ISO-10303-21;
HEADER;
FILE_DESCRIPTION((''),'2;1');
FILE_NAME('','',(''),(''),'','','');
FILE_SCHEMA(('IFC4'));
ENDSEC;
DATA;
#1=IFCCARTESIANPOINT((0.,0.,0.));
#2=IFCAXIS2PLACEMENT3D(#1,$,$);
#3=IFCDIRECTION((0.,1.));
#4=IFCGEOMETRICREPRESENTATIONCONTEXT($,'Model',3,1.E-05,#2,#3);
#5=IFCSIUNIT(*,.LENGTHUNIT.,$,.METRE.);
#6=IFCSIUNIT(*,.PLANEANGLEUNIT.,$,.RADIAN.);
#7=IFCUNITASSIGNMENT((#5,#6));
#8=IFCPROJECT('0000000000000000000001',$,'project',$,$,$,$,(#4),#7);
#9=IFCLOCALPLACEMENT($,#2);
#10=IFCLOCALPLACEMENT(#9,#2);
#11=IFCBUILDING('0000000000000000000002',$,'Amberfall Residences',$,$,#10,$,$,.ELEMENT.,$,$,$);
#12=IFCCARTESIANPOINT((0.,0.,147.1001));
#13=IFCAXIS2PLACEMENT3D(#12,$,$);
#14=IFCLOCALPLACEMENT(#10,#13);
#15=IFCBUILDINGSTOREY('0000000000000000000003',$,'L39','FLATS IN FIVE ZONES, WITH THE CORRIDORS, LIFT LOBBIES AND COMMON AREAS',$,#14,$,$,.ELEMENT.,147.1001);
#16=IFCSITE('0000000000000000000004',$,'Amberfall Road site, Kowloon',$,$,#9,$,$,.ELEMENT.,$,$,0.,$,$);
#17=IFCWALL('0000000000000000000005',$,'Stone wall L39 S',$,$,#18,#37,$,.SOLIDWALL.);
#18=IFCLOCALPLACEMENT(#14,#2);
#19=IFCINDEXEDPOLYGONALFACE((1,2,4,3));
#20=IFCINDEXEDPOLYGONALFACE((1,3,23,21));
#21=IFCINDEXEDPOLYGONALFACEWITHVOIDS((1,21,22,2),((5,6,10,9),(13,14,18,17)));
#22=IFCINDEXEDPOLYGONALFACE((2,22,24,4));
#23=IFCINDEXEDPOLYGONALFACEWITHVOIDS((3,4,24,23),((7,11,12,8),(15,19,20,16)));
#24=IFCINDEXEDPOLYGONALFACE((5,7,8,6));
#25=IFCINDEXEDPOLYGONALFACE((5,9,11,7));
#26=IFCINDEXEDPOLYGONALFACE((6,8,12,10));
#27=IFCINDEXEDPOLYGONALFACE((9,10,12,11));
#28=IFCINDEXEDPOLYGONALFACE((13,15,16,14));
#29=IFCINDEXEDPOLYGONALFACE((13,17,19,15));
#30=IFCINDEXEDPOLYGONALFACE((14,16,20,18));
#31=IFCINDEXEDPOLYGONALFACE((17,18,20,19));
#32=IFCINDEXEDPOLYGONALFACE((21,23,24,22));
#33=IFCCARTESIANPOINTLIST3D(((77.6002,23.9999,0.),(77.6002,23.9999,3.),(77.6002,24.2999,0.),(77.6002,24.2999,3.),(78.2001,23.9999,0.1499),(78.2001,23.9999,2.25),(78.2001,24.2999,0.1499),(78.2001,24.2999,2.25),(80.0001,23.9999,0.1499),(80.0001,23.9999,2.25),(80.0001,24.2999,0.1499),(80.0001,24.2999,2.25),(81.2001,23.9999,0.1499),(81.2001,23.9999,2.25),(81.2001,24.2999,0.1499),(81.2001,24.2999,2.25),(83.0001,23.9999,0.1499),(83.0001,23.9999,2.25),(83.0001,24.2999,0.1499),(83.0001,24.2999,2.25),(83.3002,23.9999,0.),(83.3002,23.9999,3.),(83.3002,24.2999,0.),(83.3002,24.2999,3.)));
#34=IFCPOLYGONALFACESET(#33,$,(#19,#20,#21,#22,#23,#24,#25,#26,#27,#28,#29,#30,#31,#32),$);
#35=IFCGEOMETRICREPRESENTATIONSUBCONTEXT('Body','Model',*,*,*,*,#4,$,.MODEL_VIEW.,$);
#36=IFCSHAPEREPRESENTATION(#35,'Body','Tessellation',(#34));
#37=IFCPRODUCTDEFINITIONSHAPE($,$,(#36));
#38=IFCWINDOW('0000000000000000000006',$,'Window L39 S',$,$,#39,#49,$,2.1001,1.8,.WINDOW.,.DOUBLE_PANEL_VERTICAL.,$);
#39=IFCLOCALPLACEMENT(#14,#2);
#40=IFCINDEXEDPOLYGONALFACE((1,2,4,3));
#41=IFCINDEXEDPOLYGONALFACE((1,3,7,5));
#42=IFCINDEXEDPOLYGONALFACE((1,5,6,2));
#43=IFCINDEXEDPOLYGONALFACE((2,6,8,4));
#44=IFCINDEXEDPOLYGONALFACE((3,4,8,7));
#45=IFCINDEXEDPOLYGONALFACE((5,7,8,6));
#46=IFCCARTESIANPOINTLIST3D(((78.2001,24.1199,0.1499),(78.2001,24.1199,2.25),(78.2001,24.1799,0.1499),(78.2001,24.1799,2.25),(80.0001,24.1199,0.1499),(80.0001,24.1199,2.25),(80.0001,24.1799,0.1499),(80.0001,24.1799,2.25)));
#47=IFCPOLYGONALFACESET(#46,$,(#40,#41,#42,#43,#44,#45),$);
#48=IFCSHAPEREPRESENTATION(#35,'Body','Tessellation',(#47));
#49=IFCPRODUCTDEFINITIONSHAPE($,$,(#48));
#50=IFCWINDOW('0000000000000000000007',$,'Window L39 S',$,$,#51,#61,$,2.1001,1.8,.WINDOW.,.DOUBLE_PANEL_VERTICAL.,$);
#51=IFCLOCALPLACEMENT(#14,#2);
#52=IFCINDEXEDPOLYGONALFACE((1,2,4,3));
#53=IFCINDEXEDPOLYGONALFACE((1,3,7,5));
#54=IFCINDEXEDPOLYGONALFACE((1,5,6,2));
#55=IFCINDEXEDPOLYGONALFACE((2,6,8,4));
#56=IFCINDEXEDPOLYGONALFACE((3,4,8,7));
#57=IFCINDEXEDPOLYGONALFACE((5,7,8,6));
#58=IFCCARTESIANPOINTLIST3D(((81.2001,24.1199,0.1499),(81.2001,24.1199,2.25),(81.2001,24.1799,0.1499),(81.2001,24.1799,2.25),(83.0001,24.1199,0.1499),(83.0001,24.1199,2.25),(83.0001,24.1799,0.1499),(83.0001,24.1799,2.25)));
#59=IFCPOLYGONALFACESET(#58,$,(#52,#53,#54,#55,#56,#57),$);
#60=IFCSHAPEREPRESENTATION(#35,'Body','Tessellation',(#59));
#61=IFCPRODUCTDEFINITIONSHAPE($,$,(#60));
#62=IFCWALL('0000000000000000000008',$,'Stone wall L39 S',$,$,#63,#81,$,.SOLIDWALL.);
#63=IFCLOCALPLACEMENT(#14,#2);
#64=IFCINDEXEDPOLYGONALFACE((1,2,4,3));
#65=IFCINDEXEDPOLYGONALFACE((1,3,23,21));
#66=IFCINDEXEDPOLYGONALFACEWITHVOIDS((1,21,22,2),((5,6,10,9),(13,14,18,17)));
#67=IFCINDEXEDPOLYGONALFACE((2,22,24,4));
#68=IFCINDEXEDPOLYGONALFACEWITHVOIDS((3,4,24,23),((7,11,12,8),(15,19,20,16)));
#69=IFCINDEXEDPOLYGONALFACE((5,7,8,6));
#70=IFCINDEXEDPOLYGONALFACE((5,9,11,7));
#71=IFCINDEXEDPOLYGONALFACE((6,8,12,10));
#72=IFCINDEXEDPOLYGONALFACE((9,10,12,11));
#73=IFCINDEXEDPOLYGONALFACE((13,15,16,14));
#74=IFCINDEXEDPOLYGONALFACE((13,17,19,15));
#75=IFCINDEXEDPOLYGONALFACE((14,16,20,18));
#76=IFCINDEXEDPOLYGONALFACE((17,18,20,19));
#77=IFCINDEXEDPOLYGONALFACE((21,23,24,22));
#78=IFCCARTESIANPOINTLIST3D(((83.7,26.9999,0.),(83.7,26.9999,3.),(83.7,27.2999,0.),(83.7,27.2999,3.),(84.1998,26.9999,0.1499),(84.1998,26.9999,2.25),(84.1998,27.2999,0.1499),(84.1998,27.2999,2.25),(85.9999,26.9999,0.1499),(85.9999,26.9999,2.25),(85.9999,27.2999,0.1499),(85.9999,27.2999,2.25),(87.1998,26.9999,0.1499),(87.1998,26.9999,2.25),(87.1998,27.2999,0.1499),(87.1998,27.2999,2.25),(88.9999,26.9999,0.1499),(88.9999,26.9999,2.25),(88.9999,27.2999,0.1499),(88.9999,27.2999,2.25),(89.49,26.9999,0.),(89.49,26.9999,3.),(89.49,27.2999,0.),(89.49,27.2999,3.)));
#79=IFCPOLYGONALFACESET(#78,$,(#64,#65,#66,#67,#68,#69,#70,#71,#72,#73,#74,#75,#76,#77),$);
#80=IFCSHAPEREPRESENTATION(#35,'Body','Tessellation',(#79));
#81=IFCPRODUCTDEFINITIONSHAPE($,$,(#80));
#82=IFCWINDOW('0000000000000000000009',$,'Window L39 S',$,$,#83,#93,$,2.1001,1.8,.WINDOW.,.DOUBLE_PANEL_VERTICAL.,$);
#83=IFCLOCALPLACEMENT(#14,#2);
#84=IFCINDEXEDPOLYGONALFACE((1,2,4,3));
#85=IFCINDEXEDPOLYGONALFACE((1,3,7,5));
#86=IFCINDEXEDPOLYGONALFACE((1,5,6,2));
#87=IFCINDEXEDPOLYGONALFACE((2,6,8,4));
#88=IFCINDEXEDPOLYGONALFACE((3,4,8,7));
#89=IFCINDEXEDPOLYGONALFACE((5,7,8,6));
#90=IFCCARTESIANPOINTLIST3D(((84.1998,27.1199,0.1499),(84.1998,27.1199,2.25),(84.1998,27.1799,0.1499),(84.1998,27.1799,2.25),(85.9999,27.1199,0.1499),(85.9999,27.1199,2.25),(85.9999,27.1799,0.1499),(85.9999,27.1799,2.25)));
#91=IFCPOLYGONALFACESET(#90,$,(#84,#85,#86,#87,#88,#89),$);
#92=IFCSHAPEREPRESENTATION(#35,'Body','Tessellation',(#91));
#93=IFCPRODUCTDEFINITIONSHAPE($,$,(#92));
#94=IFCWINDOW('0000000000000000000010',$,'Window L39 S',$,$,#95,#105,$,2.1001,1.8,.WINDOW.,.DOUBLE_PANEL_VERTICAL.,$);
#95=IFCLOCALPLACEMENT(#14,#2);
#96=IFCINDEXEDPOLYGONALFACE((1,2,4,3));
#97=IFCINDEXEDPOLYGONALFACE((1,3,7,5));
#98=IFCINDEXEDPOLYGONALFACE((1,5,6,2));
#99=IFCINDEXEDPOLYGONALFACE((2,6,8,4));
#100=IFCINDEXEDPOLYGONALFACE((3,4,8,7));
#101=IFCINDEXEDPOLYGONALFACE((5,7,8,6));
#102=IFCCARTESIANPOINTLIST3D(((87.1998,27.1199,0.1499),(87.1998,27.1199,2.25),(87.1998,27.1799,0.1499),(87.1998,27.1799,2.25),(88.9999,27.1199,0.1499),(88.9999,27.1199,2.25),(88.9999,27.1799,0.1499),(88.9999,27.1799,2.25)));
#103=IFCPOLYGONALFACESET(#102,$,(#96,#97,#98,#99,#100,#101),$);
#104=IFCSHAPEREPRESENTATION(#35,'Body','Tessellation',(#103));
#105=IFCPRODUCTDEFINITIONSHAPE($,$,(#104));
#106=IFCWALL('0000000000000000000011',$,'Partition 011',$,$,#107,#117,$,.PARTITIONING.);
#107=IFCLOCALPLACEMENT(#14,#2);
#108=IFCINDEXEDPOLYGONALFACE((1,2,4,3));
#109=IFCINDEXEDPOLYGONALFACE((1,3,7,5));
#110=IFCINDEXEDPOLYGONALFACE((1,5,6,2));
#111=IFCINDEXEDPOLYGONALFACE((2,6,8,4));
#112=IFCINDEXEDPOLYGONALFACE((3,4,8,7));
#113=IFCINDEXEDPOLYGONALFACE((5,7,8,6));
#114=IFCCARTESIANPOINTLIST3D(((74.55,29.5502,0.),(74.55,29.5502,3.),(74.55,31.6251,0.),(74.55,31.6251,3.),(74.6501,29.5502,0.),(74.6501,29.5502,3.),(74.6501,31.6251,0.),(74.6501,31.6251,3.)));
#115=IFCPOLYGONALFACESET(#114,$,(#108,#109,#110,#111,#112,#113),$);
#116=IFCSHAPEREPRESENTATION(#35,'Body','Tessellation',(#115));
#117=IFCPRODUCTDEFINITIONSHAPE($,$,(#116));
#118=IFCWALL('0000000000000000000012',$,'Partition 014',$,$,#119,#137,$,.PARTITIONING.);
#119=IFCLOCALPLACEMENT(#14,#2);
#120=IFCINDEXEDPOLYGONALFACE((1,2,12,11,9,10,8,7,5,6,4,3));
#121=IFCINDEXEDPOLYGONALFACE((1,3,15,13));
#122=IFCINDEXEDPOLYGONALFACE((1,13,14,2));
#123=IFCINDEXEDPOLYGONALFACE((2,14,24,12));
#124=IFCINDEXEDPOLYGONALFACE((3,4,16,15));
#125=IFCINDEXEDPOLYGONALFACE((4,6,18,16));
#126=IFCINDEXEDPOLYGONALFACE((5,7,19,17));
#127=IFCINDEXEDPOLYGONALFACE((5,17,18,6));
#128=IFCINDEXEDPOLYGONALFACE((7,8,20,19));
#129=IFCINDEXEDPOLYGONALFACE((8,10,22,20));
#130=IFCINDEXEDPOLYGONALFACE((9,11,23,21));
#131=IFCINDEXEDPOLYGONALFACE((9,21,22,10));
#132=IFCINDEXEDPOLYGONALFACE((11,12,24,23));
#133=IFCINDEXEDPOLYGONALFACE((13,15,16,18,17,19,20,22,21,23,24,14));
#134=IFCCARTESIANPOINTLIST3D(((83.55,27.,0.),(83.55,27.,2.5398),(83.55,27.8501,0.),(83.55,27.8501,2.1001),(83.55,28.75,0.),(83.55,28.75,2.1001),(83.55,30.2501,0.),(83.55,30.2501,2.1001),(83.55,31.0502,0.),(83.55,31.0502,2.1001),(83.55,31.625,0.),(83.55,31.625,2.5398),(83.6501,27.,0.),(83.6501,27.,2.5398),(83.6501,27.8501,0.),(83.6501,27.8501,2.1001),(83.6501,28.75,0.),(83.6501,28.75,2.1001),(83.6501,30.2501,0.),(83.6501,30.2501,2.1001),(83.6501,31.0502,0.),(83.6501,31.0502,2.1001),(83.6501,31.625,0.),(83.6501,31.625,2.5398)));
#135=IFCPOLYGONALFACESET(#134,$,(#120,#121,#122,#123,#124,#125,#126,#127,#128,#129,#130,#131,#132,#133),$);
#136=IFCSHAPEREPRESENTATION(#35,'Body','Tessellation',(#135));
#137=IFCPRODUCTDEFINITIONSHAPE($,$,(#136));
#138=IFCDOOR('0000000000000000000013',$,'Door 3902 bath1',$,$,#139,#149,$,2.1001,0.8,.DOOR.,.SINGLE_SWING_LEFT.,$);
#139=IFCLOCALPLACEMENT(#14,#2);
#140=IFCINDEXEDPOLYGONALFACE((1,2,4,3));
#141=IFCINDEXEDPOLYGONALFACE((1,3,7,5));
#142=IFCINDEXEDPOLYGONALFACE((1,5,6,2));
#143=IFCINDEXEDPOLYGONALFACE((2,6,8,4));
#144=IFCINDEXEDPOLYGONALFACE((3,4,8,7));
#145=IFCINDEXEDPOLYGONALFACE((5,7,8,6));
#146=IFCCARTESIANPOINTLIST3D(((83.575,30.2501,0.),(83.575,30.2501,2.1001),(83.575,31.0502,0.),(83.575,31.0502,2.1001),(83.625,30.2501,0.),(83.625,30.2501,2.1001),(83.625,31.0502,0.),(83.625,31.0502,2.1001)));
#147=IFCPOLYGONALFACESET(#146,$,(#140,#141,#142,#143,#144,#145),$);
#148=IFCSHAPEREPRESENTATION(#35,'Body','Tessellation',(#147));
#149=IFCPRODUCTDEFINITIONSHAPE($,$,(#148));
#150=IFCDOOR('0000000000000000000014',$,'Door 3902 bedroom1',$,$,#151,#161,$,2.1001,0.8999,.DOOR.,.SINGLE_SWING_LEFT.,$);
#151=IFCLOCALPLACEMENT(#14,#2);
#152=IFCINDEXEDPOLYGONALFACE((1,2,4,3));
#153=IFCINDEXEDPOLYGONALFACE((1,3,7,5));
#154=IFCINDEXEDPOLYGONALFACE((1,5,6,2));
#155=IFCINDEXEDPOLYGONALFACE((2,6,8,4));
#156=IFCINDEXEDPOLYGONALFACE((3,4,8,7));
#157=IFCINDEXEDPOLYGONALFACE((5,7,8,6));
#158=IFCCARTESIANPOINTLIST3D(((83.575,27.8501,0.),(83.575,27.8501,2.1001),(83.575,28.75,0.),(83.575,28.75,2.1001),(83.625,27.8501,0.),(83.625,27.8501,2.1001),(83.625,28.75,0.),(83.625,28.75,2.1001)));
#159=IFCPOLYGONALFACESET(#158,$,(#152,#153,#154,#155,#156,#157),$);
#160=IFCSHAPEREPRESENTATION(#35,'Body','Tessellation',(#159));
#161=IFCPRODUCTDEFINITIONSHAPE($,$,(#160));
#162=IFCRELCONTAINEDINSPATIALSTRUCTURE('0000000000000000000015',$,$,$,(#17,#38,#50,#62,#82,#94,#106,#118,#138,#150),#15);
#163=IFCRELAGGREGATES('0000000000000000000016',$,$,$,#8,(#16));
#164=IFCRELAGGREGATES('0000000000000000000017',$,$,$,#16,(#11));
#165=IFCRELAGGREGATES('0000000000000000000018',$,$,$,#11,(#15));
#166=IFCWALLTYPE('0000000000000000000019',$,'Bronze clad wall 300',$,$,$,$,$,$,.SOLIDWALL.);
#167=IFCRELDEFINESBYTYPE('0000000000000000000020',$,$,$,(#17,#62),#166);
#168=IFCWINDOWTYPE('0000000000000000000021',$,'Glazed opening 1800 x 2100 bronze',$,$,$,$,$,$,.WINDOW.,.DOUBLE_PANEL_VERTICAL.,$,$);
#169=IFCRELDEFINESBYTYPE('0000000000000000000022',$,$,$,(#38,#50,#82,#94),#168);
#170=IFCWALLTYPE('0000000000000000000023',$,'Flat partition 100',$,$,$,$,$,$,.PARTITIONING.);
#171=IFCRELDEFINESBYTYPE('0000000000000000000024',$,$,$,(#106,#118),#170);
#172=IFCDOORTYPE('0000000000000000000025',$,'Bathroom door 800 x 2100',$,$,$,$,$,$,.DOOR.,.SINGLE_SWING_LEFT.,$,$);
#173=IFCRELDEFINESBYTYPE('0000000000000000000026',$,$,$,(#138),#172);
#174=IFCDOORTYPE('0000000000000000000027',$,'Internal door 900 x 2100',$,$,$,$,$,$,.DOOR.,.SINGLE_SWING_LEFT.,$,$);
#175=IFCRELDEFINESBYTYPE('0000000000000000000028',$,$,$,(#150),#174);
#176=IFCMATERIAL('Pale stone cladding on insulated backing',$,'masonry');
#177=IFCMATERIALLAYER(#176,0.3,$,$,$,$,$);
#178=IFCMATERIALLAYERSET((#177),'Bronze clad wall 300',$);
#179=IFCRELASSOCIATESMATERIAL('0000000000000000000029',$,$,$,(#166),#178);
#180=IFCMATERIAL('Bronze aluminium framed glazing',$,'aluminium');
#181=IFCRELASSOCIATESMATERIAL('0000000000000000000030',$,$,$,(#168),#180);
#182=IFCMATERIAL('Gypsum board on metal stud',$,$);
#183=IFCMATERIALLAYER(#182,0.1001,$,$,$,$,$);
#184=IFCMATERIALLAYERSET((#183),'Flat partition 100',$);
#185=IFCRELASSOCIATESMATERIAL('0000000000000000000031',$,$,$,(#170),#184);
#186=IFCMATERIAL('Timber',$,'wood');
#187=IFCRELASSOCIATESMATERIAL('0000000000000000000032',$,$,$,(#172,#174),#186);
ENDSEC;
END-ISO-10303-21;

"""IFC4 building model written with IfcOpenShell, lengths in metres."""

from ifc_helpers import new_model, si_unit, direction, frame, frame_2d, origin, place, context, subcontext, project, spatial, rectangle, extrude, material, layer, layer_set, type_object, element, fill, save


model = new_model("IFC4")

# Units and contexts
model_context = context("Model", 3, precision=1e-05, world=origin(), true_north=direction((0.0, 1.0)))
body_context = subcontext(model_context, "Body", "Model", "MODEL_VIEW")
ifc_project = project(units=[si_unit("LENGTHUNIT", "METRE"), si_unit("PLANEANGLEUNIT", "RADIAN")], contexts=[model_context])

# Site, building, storey
site_placement = place(None, origin())
site = spatial("IfcSite", under=ifc_project, at=site_placement, Name="Amberfall Road site, Kowloon", CompositionType="ELEMENT", RefElevation=0.0)
building_placement = place(site_placement, origin())
building = spatial("IfcBuilding", under=site, at=building_placement, Name="Amberfall Residences", CompositionType="ELEMENT")
storey_placement = place(building_placement, frame((0.0, 0.0, 147.1001)))
storey = spatial("IfcBuildingStorey", under=building, at=storey_placement, Name="L39", Description="FLATS IN FIVE ZONES, WITH THE CORRIDORS, LIFT LOBBIES AND COMMON AREAS", CompositionType="ELEMENT", Elevation=147.1001)

# Shared definitions
ifc_material_1 = material(Name="Pale stone cladding on insulated backing", Category="masonry")
ifc_layer_1 = layer(ifc_material_1, 0.3)
ifc_layer_set_1 = layer_set([ifc_layer_1], Name="Bronze clad wall 300")
wall_type_1 = type_object("IfcWallType", Name="Bronze clad wall 300", PredefinedType="SOLIDWALL", material=ifc_layer_set_1)

# Walls, openings, windows
ifc_material_2 = material(Name="Bronze aluminium framed glazing", Category="aluminium")
window_type = type_object("IfcWindowType", Name="Glazed opening 1800 x 2100 bronze", PartitioningType="DOUBLE_PANEL_VERTICAL", PredefinedType="WINDOW", material=ifc_material_2)
wall_1_placement = place(storey_placement, frame((77.6001, 24.1499, 0.0), z_axis=(0.0, 0.0, 1.0), x_axis=(1.0, 0.0, 0.0)))
wall_1 = element("IfcWall", 1, at=wall_1_placement, inside=storey, type_object=wall_type_1, Name="Stone wall L39 S", PredefinedType="SOLIDWALL", context=body_context, shape_type="SweptSolid", body=[
    extrude(rectangle(XDim=5.7, YDim=0.3, at=frame_2d((2.8501, 0.0))), origin(), (0.0, 0.0, 1.0), 3.0),
])
opening_1_placement = place(wall_1_placement, frame((0.6001, 0.0, 0.1499)))
opening_1 = element("IfcOpeningElement", 2, at=opening_1_placement, cuts=wall_1, PredefinedType="OPENING", context=body_context, shape_type="SweptSolid", body=[
    extrude(rectangle(XDim=1.8, YDim=2.1001, at=frame_2d((0.8999, 1.05))), frame((0.0, 0.1599, 0.0), z_axis=(0.0, -1.0, 0.0), x_axis=(1.0, 0.0, 0.0)), (0.0, 0.0, 1.0), 0.3201),
])
opening_2_placement = place(wall_1_placement, frame((3.6001, 0.0, 0.1499)))
opening_2 = element("IfcOpeningElement", 3, at=opening_2_placement, cuts=wall_1, PredefinedType="OPENING", context=body_context, shape_type="SweptSolid", body=[
    extrude(rectangle(XDim=1.8, YDim=2.1001, at=frame_2d((0.8999, 1.05))), frame((0.0, 0.1599, 0.0), z_axis=(0.0, -1.0, 0.0), x_axis=(1.0, 0.0, 0.0)), (0.0, 0.0, 1.0), 0.3201),
])
window_1_placement = place(opening_1_placement, origin())
window_1 = element("IfcWindow", 4, at=window_1_placement, inside=storey, type_object=window_type, Name="Window L39 S", OverallHeight=2.1001, OverallWidth=1.8, PartitioningType="DOUBLE_PANEL_VERTICAL", PredefinedType="WINDOW", context=body_context, shape_type="SweptSolid", body=[
    extrude(rectangle(XDim=1.8, YDim=2.1001, at=frame_2d((0.8999, 1.05))), frame((0.0, 0.03, 0.0), z_axis=(0.0, -1.0, 0.0), x_axis=(1.0, 0.0, 0.0)), (0.0, 0.0, 1.0), 0.0601),
])
fill(opening_1, window_1)
window_2_placement = place(opening_2_placement, origin())
window_2 = element("IfcWindow", 5, at=window_2_placement, inside=storey, type_object=window_type, Name="Window L39 S", OverallHeight=2.1001, OverallWidth=1.8, PartitioningType="DOUBLE_PANEL_VERTICAL", PredefinedType="WINDOW", context=body_context, shape_type="SweptSolid", body=[
    extrude(rectangle(XDim=1.8, YDim=2.1001, at=frame_2d((0.8999, 1.05))), frame((0.0, 0.03, 0.0), z_axis=(0.0, -1.0, 0.0), x_axis=(1.0, 0.0, 0.0)), (0.0, 0.0, 1.0), 0.0601),
])
fill(opening_2, window_2)
wall_2_placement = place(storey_placement, frame((83.7, 27.1499, 0.0), z_axis=(0.0, 0.0, 1.0), x_axis=(1.0, 0.0, 0.0)))
wall_2 = element("IfcWall", 6, at=wall_2_placement, inside=storey, type_object=wall_type_1, Name="Stone wall L39 S", PredefinedType="SOLIDWALL", context=body_context, shape_type="SweptSolid", body=[
    extrude(rectangle(XDim=5.79, YDim=0.3, at=frame_2d((2.895, 0.0))), origin(), (0.0, 0.0, 1.0), 3.0),
])
opening_3_placement = place(wall_2_placement, frame((0.5, 0.0, 0.1499)))
opening_3 = element("IfcOpeningElement", 7, at=opening_3_placement, cuts=wall_2, PredefinedType="OPENING", context=body_context, shape_type="SweptSolid", body=[
    extrude(rectangle(XDim=1.8, YDim=2.1001, at=frame_2d((0.8999, 1.05))), frame((0.0, 0.1599, 0.0), z_axis=(0.0, -1.0, 0.0), x_axis=(1.0, 0.0, 0.0)), (0.0, 0.0, 1.0), 0.3201),
])
opening_4_placement = place(wall_2_placement, frame((3.5, 0.0, 0.1499)))
opening_4 = element("IfcOpeningElement", 8, at=opening_4_placement, cuts=wall_2, PredefinedType="OPENING", context=body_context, shape_type="SweptSolid", body=[
    extrude(rectangle(XDim=1.8, YDim=2.1001, at=frame_2d((0.8999, 1.05))), frame((0.0, 0.1599, 0.0), z_axis=(0.0, -1.0, 0.0), x_axis=(1.0, 0.0, 0.0)), (0.0, 0.0, 1.0), 0.3201),
])
window_3_placement = place(opening_3_placement, origin())
window_3 = element("IfcWindow", 9, at=window_3_placement, inside=storey, type_object=window_type, Name="Window L39 S", OverallHeight=2.1001, OverallWidth=1.8, PartitioningType="DOUBLE_PANEL_VERTICAL", PredefinedType="WINDOW", context=body_context, shape_type="SweptSolid", body=[
    extrude(rectangle(XDim=1.8, YDim=2.1001, at=frame_2d((0.8999, 1.05))), frame((0.0, 0.03, 0.0), z_axis=(0.0, -1.0, 0.0), x_axis=(1.0, 0.0, 0.0)), (0.0, 0.0, 1.0), 0.0601),
])
fill(opening_3, window_3)
window_4_placement = place(opening_4_placement, origin())
window_4 = element("IfcWindow", 10, at=window_4_placement, inside=storey, type_object=window_type, Name="Window L39 S", OverallHeight=2.1001, OverallWidth=1.8, PartitioningType="DOUBLE_PANEL_VERTICAL", PredefinedType="WINDOW", context=body_context, shape_type="SweptSolid", body=[
    extrude(rectangle(XDim=1.8, YDim=2.1001, at=frame_2d((0.8999, 1.05))), frame((0.0, 0.03, 0.0), z_axis=(0.0, -1.0, 0.0), x_axis=(1.0, 0.0, 0.0)), (0.0, 0.0, 1.0), 0.0601),
])
fill(opening_4, window_4)

# Wall
ifc_material_3 = material(Name="Gypsum board on metal stud")
ifc_layer_2 = layer(ifc_material_3, 0.1001)
ifc_layer_set_2 = layer_set([ifc_layer_2], Name="Flat partition 100")
wall_type_2 = type_object("IfcWallType", Name="Flat partition 100", PredefinedType="PARTITIONING", material=ifc_layer_set_2)
wall_3_placement = place(storey_placement, frame((74.6001, 29.55, 0.0), z_axis=(0.0, 0.0, 1.0), x_axis=(0.0, 1.0, 0.0)))
element("IfcWall", 11, at=wall_3_placement, inside=storey, type_object=wall_type_2, Name="Partition 011", PredefinedType="PARTITIONING", context=body_context, shape_type="SweptSolid", body=[
    extrude(rectangle(XDim=2.075, YDim=0.1001, at=frame_2d((1.0376, 0.0))), origin(), (0.0, 0.0, 1.0), 3.0),
])

# Wall, openings, doors
wall_4_placement = place(storey_placement, frame((83.6001, 31.625, 0.0), z_axis=(0.0, 0.0, 1.0), x_axis=(0.0, -1.0, 0.0)))
wall_4 = element("IfcWall", 12, at=wall_4_placement, inside=storey, type_object=wall_type_2, Name="Partition 014", PredefinedType="PARTITIONING", context=body_context, shape_type="SweptSolid", body=[
    extrude(rectangle(XDim=4.625, YDim=0.1001, at=frame_2d((2.3125, 0.0))), origin(), (0.0, 0.0, 1.0), 2.5398),
])
opening_5_placement = place(wall_4_placement, frame((2.875, 0.0, 0.0)))
opening_5 = element("IfcOpeningElement", 13, at=opening_5_placement, cuts=wall_4, PredefinedType="OPENING", context=body_context, shape_type="SweptSolid", body=[
    extrude(rectangle(XDim=0.8999, YDim=2.1001, at=frame_2d((0.45, 1.05))), frame((0.0, 0.0601, 0.0), z_axis=(0.0, -1.0, 0.0), x_axis=(1.0, 0.0, 0.0)), (0.0, 0.0, 1.0), 0.1201),
])
opening_6_placement = place(wall_4_placement, frame((0.575, 0.0, 0.0)))
opening_6 = element("IfcOpeningElement", 14, at=opening_6_placement, cuts=wall_4, PredefinedType="OPENING", context=body_context, shape_type="SweptSolid", body=[
    extrude(rectangle(XDim=0.8, YDim=2.1001, at=frame_2d((0.3999, 1.05))), frame((0.0, 0.0601, 0.0), z_axis=(0.0, -1.0, 0.0), x_axis=(1.0, 0.0, 0.0)), (0.0, 0.0, 1.0), 0.1201),
])
ifc_material_4 = material(Name="Timber", Category="wood")
door_type_1 = type_object("IfcDoorType", Name="Bathroom door 800 x 2100", OperationType="SINGLE_SWING_LEFT", PredefinedType="DOOR", material=ifc_material_4)
door_1_placement = place(opening_6_placement, origin())
door_1 = element("IfcDoor", 15, at=door_1_placement, inside=storey, type_object=door_type_1, Name="Door 3902 bath1", OperationType="SINGLE_SWING_LEFT", OverallHeight=2.1001, OverallWidth=0.8, PredefinedType="DOOR", context=body_context, shape_type="SweptSolid", body=[
    extrude(rectangle(XDim=0.8, YDim=2.1001, at=frame_2d((0.3999, 1.05))), frame((0.0, 0.0249, 0.0), z_axis=(0.0, -1.0, 0.0), x_axis=(1.0, 0.0, 0.0)), (0.0, 0.0, 1.0), 0.05),
])
fill(opening_6, door_1)
door_type_2 = type_object("IfcDoorType", Name="Internal door 900 x 2100", OperationType="SINGLE_SWING_LEFT", PredefinedType="DOOR", material=ifc_material_4)
door_2_placement = place(opening_5_placement, origin())
door_2 = element("IfcDoor", 16, at=door_2_placement, inside=storey, type_object=door_type_2, Name="Door 3902 bedroom1", OperationType="SINGLE_SWING_LEFT", OverallHeight=2.1001, OverallWidth=0.8999, PredefinedType="DOOR", context=body_context, shape_type="SweptSolid", body=[
    extrude(rectangle(XDim=0.8999, YDim=2.1001, at=frame_2d((0.45, 1.05))), frame((0.0, 0.0249, 0.0), z_axis=(0.0, -1.0, 0.0), x_axis=(1.0, 0.0, 0.0)), (0.0, 0.0, 1.0), 0.05),
])
fill(opening_5, door_2)

save(model, "model.ifc")
